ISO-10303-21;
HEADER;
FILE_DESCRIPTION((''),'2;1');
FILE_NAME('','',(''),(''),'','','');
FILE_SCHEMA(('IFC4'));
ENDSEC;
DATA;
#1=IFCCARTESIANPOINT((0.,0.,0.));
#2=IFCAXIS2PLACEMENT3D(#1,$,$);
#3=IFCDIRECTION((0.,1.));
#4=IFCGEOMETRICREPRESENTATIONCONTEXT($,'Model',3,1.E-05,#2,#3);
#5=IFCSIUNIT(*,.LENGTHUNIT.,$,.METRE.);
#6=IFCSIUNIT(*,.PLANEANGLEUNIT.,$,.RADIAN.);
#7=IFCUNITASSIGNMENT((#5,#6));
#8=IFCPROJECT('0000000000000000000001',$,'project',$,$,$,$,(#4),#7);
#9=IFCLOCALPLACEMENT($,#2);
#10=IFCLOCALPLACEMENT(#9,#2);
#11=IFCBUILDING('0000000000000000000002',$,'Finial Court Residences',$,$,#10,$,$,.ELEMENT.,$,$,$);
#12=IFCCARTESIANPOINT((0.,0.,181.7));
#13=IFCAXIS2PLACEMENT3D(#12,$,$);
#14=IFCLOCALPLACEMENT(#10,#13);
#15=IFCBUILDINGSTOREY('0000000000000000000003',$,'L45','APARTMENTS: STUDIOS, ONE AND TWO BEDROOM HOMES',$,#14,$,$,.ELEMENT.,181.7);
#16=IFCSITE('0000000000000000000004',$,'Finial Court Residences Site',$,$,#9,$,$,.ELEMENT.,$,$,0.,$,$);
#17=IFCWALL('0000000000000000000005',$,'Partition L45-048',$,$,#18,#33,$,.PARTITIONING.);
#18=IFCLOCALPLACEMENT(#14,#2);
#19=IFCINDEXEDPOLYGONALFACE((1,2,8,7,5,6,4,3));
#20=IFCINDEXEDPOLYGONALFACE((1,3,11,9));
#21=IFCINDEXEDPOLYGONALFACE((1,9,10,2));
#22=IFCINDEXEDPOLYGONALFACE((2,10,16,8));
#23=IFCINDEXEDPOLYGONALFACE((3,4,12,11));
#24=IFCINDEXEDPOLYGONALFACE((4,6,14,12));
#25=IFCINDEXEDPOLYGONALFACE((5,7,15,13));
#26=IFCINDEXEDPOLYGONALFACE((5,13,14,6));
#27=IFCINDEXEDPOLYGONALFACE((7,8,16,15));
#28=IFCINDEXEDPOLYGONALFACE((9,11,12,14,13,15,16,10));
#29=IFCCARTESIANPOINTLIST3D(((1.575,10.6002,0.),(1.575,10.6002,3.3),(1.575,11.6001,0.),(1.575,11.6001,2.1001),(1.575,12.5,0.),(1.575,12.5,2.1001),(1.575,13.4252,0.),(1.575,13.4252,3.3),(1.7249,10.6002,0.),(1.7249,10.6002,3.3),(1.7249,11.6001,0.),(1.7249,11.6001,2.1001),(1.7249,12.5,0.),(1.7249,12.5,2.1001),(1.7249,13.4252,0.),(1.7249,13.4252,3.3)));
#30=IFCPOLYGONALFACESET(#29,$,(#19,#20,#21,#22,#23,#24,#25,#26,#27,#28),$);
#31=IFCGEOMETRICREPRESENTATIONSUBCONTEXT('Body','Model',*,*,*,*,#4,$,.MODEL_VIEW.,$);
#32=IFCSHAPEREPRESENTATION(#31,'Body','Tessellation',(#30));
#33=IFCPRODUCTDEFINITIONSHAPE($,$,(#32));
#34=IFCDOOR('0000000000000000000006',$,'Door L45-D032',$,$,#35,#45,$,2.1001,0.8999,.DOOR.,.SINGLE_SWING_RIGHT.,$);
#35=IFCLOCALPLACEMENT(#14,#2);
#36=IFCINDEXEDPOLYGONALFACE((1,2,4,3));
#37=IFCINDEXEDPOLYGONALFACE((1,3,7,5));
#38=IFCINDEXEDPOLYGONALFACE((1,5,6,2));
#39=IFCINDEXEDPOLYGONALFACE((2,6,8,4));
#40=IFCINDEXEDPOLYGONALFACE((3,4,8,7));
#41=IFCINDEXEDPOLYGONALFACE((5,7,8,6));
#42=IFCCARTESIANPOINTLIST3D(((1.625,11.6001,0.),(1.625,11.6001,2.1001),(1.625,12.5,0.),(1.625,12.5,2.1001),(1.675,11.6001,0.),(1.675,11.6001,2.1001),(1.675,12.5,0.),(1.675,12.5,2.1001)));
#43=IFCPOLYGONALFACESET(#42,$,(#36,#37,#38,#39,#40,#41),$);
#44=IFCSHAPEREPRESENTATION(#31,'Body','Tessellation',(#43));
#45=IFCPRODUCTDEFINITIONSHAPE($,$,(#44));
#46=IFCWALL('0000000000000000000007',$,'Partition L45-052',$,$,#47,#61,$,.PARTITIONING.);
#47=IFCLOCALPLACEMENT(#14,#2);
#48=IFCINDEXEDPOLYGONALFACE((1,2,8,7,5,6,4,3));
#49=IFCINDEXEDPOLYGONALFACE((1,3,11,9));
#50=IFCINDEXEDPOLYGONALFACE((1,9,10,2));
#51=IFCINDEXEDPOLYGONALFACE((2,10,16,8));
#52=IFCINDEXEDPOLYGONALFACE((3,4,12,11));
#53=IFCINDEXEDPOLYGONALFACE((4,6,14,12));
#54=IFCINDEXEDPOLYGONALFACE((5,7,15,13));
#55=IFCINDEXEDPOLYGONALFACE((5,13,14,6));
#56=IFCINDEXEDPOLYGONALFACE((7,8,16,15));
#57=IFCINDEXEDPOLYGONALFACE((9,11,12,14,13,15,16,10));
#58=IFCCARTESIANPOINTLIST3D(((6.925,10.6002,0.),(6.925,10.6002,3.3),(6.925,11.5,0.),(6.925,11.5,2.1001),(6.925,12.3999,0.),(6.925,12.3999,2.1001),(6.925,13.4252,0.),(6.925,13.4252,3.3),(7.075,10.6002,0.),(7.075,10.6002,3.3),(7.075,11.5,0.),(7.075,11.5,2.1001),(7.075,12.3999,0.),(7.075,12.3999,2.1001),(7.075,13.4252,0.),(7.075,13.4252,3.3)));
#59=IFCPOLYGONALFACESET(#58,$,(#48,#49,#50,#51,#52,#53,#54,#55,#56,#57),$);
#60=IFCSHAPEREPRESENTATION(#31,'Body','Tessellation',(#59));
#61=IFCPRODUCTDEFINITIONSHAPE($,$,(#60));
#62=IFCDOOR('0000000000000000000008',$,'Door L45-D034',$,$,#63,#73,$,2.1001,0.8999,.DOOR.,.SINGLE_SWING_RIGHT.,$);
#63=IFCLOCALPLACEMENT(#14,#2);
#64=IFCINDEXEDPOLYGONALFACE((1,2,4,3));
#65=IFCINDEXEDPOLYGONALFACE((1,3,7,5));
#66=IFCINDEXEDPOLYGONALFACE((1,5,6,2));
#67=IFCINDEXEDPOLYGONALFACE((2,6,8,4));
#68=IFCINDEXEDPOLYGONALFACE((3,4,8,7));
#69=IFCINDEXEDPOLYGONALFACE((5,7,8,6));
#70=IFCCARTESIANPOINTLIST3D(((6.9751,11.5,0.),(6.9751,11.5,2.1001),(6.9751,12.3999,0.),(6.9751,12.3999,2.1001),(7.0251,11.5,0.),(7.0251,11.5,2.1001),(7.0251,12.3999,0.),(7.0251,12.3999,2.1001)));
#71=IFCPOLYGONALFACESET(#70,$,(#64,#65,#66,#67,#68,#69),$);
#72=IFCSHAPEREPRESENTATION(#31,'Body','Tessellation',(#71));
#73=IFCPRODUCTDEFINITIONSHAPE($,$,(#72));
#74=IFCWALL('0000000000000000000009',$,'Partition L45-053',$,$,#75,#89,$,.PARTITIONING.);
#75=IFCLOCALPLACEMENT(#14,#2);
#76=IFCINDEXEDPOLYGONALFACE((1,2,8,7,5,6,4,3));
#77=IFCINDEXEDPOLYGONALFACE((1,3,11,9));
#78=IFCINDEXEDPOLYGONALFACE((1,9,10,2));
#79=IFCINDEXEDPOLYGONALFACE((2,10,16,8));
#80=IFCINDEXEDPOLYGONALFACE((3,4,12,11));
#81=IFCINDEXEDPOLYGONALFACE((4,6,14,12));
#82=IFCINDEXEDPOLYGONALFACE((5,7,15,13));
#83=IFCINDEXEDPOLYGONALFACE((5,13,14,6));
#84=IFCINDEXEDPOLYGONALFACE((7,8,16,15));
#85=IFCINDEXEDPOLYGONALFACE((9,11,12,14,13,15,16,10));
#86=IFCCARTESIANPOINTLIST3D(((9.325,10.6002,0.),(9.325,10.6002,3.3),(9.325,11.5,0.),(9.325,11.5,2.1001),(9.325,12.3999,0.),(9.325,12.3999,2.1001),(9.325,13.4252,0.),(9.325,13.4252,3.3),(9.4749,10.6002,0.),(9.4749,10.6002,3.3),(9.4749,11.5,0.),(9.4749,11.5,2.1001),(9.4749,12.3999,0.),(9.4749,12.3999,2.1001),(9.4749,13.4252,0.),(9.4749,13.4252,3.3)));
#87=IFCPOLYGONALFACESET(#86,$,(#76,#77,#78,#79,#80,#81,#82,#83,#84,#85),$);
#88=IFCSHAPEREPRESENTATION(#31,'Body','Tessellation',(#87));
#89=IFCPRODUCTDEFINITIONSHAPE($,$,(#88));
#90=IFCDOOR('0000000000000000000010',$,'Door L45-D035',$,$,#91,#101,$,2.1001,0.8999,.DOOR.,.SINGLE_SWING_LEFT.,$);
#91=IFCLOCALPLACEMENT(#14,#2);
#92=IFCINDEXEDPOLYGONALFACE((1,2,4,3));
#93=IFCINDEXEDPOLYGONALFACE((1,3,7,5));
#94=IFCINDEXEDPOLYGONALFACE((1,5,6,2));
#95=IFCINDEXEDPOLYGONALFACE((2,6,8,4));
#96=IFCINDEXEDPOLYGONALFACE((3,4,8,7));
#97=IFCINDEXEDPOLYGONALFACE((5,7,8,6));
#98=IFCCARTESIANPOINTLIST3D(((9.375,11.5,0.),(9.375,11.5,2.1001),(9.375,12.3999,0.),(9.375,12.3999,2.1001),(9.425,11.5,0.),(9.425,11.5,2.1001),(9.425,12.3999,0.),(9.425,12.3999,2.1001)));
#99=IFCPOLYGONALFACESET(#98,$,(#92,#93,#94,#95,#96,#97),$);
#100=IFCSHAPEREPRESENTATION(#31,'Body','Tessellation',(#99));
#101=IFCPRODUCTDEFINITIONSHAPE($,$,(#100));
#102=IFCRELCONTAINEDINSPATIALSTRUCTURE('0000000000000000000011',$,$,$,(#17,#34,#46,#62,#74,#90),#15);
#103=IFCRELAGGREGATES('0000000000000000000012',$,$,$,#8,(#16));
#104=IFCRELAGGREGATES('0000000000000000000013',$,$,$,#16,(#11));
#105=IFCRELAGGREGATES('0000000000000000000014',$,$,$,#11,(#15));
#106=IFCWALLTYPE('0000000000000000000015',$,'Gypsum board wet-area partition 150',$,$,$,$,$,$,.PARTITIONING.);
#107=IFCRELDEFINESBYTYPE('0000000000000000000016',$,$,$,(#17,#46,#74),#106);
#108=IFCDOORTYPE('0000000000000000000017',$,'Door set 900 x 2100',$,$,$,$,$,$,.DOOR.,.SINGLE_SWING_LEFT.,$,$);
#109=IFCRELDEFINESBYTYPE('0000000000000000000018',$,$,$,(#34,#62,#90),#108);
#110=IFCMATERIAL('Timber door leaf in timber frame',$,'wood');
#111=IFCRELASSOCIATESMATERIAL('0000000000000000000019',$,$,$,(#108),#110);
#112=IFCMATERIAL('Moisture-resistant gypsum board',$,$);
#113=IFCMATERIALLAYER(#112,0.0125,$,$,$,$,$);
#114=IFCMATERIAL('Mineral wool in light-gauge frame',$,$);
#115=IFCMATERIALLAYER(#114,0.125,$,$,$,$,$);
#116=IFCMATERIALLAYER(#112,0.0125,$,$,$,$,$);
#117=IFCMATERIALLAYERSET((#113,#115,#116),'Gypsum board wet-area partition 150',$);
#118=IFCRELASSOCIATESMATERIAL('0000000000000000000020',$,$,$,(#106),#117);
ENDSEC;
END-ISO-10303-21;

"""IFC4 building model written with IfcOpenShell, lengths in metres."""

from ifc_helpers import new_model, si_unit, direction, frame, frame_2d, origin, place, context, subcontext, project, spatial, rectangle, extrude, material, layer, layer_set, type_object, element, fill, save


model = new_model("IFC4")

# Units and contexts
model_context = context("Model", 3, precision=1e-05, world=origin(), true_north=direction((0.0, 1.0)))
body_context = subcontext(model_context, "Body", "Model", "MODEL_VIEW")
ifc_project = project(units=[si_unit("LENGTHUNIT", "METRE"), si_unit("PLANEANGLEUNIT", "RADIAN")], contexts=[model_context])

# Site, building, storey
site_placement = place(None, origin())
site = spatial("IfcSite", under=ifc_project, at=site_placement, Name="Finial Court Residences Site", CompositionType="ELEMENT", RefElevation=0.0)
building_placement = place(site_placement, origin())
building = spatial("IfcBuilding", under=site, at=building_placement, Name="Finial Court Residences", CompositionType="ELEMENT")
storey_placement = place(building_placement, frame((0.0, 0.0, 181.7)))
storey = spatial("IfcBuildingStorey", under=building, at=storey_placement, Name="L45", Description="APARTMENTS: STUDIOS, ONE AND TWO BEDROOM HOMES", CompositionType="ELEMENT", Elevation=181.7)

# Shared definitions
ifc_material_1 = material(Name="Mineral wool in light-gauge frame")
ifc_material_2 = material(Name="Timber door leaf in timber frame", Category="wood")
door_type = type_object("IfcDoorType", Name="Door set 900 x 2100", OperationType="SINGLE_SWING_LEFT", PredefinedType="DOOR", material=ifc_material_2)

# Shared definitions
ifc_material_3 = material(Name="Moisture-resistant gypsum board")
ifc_layer_1 = layer(ifc_material_3, 0.0125)
ifc_layer_2 = layer(ifc_material_1, 0.125)
ifc_layer_3 = layer(ifc_material_3, 0.0125)
ifc_layer_set_1 = layer_set([ifc_layer_1, ifc_layer_2, ifc_layer_3], Name="Gypsum board wet-area partition 150")
wall_type_1 = type_object("IfcWallType", Name="Gypsum board wet-area partition 150", PredefinedType="PARTITIONING", material=ifc_layer_set_1)

# Walls, openings, doors
wall_1_placement = place(storey_placement, frame((1.6499, 10.6001, 0.0), z_axis=(0.0, 0.0, 1.0), x_axis=(0.0, 1.0, 0.0)))
wall_1 = element("IfcWall", 1, at=wall_1_placement, inside=storey, type_object=wall_type_1, Name="Partition L45-048", PredefinedType="PARTITIONING", context=body_context, shape_type="SweptSolid", body=[
    extrude(rectangle(XDim=2.825, YDim=0.1499, at=frame_2d((1.4126, 0.0))), origin(), (0.0, 0.0, 1.0), 3.3),
])
opening_1_placement = place(wall_1_placement, frame((1.0, 0.0, 0.0)))
opening_1 = element("IfcOpeningElement", 2, at=opening_1_placement, cuts=wall_1, PredefinedType="OPENING", context=body_context, shape_type="SweptSolid", body=[
    extrude(rectangle(XDim=0.8999, YDim=2.1001, at=frame_2d((0.45, 1.05))), frame((0.0, 0.085, 0.0), z_axis=(0.0, -1.0, 0.0), x_axis=(1.0, 0.0, 0.0)), (0.0, 0.0, 1.0), 0.1699),
])
door_1_placement = place(opening_1_placement, origin())
door_1 = element("IfcDoor", 3, at=door_1_placement, inside=storey, type_object=door_type, Name="Door L45-D032", OperationType="SINGLE_SWING_RIGHT", OverallHeight=2.1001, OverallWidth=0.8999, PredefinedType="DOOR", context=body_context, shape_type="SweptSolid", body=[
    extrude(rectangle(XDim=0.8999, YDim=2.1001, at=frame_2d((0.45, 1.05))), frame((0.0, 0.0249, 0.0), z_axis=(0.0, -1.0, 0.0), x_axis=(1.0, 0.0, 0.0)), (0.0, 0.0, 1.0), 0.05),
])
fill(opening_1, door_1)
wall_2_placement = place(storey_placement, frame((7.0, 10.6001, 0.0), z_axis=(0.0, 0.0, 1.0), x_axis=(0.0, 1.0, 0.0)))
wall_2 = element("IfcWall", 4, at=wall_2_placement, inside=storey, type_object=wall_type_1, Name="Partition L45-052", PredefinedType="PARTITIONING", context=body_context, shape_type="SweptSolid", body=[
    extrude(rectangle(XDim=2.825, YDim=0.1499, at=frame_2d((1.4126, 0.0))), origin(), (0.0, 0.0, 1.0), 3.3),
])
opening_2_placement = place(wall_2_placement, frame((0.8999, 0.0, 0.0)))
opening_2 = element("IfcOpeningElement", 5, at=opening_2_placement, cuts=wall_2, PredefinedType="OPENING", context=body_context, shape_type="SweptSolid", body=[
    extrude(rectangle(XDim=0.8999, YDim=2.1001, at=frame_2d((0.45, 1.05))), frame((0.0, 0.085, 0.0), z_axis=(0.0, -1.0, 0.0), x_axis=(1.0, 0.0, 0.0)), (0.0, 0.0, 1.0), 0.1699),
])
door_2_placement = place(opening_2_placement, origin())
door_2 = element("IfcDoor", 6, at=door_2_placement, inside=storey, type_object=door_type, Name="Door L45-D034", OperationType="SINGLE_SWING_RIGHT", OverallHeight=2.1001, OverallWidth=0.8999, PredefinedType="DOOR", context=body_context, shape_type="SweptSolid", body=[
    extrude(rectangle(XDim=0.8999, YDim=2.1001, at=frame_2d((0.45, 1.05))), frame((0.0, 0.0249, 0.0), z_axis=(0.0, -1.0, 0.0), x_axis=(1.0, 0.0, 0.0)), (0.0, 0.0, 1.0), 0.05),
])
fill(opening_2, door_2)
wall_3_placement = place(storey_placement, frame((9.3999, 10.6001, 0.0), z_axis=(0.0, 0.0, 1.0), x_axis=(0.0, 1.0, 0.0)))
wall_3 = element("IfcWall", 7, at=wall_3_placement, inside=storey, type_object=wall_type_1, Name="Partition L45-053", PredefinedType="PARTITIONING", context=body_context, shape_type="SweptSolid", body=[
    extrude(rectangle(XDim=2.825, YDim=0.1499, at=frame_2d((1.4126, 0.0))), origin(), (0.0, 0.0, 1.0), 3.3),
])
opening_3_placement = place(wall_3_placement, frame((0.8999, 0.0, 0.0)))
opening_3 = element("IfcOpeningElement", 8, at=opening_3_placement, cuts=wall_3, PredefinedType="OPENING", context=body_context, shape_type="SweptSolid", body=[
    extrude(rectangle(XDim=0.8999, YDim=2.1001, at=frame_2d((0.45, 1.05))), frame((0.0, 0.085, 0.0), z_axis=(0.0, -1.0, 0.0), x_axis=(1.0, 0.0, 0.0)), (0.0, 0.0, 1.0), 0.1699),
])
door_3_placement = place(opening_3_placement, origin())
door_3 = element("IfcDoor", 9, at=door_3_placement, inside=storey, type_object=door_type, Name="Door L45-D035", OperationType="SINGLE_SWING_LEFT", OverallHeight=2.1001, OverallWidth=0.8999, PredefinedType="DOOR", context=body_context, shape_type="SweptSolid", body=[
    extrude(rectangle(XDim=0.8999, YDim=2.1001, at=frame_2d((0.45, 1.05))), frame((0.0, 0.0249, 0.0), z_axis=(0.0, -1.0, 0.0), x_axis=(1.0, 0.0, 0.0)), (0.0, 0.0, 1.0), 0.05),
])
fill(opening_3, door_3)

save(model, "model.ifc")
